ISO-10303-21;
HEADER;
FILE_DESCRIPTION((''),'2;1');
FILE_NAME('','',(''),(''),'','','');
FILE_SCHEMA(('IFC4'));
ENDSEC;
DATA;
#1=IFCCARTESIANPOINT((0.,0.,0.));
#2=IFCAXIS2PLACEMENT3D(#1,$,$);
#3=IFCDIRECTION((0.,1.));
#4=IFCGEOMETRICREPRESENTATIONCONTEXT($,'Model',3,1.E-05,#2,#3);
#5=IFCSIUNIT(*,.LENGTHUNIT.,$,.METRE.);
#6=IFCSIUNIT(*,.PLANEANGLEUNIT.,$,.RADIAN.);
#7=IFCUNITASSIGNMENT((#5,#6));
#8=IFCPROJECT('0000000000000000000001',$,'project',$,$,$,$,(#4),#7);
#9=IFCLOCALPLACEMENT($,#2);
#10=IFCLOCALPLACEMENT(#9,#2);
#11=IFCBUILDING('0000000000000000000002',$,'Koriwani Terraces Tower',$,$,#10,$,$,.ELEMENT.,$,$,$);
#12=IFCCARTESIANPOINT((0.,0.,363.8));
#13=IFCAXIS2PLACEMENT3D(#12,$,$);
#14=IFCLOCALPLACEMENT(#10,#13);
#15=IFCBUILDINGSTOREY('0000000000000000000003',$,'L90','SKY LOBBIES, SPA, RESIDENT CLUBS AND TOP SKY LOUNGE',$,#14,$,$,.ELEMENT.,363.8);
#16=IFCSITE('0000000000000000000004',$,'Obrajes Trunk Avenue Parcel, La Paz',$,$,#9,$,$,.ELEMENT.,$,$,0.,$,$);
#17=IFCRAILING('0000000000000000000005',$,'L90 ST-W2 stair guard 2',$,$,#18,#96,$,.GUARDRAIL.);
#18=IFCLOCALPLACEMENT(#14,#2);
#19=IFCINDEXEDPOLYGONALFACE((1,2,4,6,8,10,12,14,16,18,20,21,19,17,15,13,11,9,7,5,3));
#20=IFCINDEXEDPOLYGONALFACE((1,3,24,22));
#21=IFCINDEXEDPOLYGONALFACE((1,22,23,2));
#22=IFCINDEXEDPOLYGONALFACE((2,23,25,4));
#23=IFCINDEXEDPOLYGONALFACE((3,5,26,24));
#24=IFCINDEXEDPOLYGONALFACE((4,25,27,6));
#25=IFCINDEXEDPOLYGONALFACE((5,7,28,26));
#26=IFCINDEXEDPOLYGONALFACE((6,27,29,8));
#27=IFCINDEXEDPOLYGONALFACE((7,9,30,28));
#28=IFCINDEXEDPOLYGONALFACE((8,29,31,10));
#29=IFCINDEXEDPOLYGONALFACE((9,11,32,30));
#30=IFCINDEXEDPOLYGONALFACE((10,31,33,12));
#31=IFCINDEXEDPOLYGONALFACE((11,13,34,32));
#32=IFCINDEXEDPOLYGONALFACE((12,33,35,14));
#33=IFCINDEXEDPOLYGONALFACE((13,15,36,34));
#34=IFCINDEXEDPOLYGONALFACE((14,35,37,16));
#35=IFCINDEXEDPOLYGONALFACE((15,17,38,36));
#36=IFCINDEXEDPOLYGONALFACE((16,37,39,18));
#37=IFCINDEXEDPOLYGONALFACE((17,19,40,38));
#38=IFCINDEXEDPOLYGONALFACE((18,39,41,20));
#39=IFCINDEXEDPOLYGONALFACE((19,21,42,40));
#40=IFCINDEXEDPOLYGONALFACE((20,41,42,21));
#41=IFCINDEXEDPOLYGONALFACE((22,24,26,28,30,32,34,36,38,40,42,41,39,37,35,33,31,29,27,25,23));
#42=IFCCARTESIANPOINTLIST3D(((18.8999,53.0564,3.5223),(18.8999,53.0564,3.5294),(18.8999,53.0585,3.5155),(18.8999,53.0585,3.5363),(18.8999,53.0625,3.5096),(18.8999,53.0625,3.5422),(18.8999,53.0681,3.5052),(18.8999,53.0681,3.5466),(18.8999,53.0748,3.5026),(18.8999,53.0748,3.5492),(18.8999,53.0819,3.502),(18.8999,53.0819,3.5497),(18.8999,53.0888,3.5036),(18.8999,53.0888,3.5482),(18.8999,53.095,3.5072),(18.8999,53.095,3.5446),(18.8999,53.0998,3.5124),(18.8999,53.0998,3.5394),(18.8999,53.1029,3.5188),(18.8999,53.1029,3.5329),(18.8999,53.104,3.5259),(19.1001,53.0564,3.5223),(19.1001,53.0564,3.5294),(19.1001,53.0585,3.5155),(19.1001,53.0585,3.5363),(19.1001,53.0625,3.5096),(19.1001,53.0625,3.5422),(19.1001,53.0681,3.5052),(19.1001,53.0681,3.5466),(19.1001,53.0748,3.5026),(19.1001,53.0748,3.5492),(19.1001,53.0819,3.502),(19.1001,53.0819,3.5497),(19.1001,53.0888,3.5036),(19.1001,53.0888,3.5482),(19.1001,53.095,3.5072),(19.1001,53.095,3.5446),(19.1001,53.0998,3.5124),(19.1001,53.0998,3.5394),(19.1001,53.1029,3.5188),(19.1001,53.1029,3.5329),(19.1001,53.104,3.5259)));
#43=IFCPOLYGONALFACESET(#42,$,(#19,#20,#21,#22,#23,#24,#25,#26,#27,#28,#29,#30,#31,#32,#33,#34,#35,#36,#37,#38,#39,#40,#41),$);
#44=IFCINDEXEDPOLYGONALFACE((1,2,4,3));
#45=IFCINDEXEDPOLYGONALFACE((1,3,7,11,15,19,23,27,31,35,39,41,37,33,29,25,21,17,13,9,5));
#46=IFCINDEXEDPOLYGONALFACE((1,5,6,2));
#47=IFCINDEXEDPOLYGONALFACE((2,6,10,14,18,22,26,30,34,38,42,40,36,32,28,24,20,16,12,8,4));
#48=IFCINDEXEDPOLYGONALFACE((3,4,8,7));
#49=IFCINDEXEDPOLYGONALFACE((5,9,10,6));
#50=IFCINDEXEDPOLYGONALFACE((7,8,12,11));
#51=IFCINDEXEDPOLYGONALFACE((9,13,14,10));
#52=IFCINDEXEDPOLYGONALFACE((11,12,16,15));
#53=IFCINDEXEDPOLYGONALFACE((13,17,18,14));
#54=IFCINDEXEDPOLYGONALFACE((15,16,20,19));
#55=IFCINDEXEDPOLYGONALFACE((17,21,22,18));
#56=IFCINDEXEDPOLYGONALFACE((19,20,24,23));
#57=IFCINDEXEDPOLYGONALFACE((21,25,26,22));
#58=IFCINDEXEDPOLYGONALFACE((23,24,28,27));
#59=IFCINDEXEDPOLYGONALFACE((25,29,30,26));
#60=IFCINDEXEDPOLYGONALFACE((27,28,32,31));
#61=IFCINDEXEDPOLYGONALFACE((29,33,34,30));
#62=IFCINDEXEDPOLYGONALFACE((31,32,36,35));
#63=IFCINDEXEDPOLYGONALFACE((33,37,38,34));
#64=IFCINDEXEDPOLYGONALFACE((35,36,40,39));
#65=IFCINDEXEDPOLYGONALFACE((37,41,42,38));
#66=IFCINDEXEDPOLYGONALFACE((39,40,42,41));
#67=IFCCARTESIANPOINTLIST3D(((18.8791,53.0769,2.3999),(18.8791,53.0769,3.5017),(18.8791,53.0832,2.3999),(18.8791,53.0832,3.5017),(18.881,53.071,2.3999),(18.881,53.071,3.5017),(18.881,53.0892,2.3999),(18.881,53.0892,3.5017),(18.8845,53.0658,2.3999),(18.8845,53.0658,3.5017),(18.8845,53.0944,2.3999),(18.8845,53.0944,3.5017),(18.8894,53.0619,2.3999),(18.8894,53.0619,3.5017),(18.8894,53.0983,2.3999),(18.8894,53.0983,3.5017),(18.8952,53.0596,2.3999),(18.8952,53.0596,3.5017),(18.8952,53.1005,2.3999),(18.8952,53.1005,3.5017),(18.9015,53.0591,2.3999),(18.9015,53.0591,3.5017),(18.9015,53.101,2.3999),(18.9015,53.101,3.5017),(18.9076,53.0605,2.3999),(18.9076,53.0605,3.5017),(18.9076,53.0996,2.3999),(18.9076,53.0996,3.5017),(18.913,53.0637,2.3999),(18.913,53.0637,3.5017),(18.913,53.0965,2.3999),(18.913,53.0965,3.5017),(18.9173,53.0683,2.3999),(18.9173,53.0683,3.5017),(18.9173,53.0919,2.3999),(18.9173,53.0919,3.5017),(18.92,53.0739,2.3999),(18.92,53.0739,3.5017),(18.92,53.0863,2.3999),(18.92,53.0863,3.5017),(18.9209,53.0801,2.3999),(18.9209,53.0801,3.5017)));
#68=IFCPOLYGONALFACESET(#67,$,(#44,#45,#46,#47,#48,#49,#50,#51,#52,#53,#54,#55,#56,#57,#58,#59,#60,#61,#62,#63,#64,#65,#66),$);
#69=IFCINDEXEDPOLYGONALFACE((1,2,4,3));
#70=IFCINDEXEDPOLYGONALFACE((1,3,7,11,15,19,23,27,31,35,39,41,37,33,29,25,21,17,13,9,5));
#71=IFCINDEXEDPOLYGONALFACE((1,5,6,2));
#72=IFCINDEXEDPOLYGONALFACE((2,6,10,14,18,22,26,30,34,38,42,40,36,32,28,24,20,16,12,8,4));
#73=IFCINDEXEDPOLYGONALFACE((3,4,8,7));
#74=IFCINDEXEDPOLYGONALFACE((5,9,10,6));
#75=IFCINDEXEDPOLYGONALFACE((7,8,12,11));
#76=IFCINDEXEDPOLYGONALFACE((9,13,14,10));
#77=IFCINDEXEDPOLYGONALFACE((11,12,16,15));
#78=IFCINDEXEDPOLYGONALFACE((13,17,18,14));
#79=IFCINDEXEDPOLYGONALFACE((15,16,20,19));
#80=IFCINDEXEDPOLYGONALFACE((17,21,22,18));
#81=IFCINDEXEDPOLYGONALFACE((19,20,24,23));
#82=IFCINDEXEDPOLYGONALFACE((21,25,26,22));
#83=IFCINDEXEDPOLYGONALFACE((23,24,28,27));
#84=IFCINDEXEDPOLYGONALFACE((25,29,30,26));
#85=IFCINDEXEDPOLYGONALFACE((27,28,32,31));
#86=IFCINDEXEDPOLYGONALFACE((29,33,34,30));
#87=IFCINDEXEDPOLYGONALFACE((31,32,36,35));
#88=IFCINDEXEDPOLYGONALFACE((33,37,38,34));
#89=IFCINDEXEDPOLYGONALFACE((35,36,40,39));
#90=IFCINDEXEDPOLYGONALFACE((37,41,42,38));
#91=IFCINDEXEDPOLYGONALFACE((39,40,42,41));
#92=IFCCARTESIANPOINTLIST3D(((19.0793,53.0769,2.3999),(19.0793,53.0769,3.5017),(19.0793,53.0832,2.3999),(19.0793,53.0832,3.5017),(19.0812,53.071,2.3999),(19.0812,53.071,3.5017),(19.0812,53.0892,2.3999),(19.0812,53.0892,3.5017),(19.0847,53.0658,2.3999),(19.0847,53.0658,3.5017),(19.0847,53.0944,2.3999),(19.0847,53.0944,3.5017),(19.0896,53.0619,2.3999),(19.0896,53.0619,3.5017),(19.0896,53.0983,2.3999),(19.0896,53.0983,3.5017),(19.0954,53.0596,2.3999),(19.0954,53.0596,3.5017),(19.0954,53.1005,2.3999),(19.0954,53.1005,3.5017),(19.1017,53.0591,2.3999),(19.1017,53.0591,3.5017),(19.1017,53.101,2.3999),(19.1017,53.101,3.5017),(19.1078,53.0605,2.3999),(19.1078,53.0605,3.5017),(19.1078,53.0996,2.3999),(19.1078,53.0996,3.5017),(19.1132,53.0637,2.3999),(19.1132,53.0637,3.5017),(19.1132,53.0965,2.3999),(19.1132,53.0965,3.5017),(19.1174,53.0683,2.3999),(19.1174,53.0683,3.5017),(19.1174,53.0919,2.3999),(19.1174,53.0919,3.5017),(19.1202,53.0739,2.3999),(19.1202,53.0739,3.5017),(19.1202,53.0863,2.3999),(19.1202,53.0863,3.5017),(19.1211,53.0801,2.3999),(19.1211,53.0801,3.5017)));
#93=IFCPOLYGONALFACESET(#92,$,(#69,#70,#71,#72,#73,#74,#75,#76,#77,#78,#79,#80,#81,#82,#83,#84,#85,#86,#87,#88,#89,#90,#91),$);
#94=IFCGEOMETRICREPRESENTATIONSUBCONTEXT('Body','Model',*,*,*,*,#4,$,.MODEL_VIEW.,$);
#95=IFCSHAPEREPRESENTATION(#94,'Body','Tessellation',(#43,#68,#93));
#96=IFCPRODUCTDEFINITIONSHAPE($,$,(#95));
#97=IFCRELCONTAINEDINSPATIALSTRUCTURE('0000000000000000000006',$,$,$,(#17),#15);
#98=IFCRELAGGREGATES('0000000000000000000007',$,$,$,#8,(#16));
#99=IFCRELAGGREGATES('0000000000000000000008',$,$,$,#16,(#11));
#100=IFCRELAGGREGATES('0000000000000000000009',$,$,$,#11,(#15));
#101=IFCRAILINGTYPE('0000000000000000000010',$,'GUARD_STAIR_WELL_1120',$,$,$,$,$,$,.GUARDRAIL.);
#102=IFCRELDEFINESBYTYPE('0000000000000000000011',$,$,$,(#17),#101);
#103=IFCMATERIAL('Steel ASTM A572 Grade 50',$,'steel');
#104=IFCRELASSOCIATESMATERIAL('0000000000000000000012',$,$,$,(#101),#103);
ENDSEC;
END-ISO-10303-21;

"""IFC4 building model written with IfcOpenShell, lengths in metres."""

from ifc_helpers import new_model, si_unit, direction, frame, origin, origin_2d, place, context, subcontext, project, spatial, circle, extrude, material, type_object, element, save


model = new_model("IFC4")

# Units and contexts
model_context = context("Model", 3, precision=1e-05, world=origin(), true_north=direction((0.0, 1.0)))
body_context = subcontext(model_context, "Body", "Model", "MODEL_VIEW")
ifc_project = project(units=[si_unit("LENGTHUNIT", "METRE"), si_unit("PLANEANGLEUNIT", "RADIAN")], contexts=[model_context])

# Site, building, storey
site_placement = place(None, origin())
site = spatial("IfcSite", under=ifc_project, at=site_placement, Name="Obrajes Trunk Avenue Parcel, La Paz", CompositionType="ELEMENT", RefElevation=0.0)
building_placement = place(site_placement, origin())
building = spatial("IfcBuilding", under=site, at=building_placement, Name="Koriwani Terraces Tower", CompositionType="ELEMENT")
storey_placement = place(building_placement, frame((0.0, 0.0, 363.8)))
storey = spatial("IfcBuildingStorey", under=building, at=storey_placement, Name="L90", Description="SKY LOBBIES, SPA, RESIDENT CLUBS AND TOP SKY LOUNGE", CompositionType="ELEMENT", Elevation=363.8)

# Shared definitions
ifc_material_1 = material(Name="Steel ASTM A572 Grade 50", Category="steel")

# Railing
railing_type_1 = type_object("IfcRailingType", Name="GUARD_STAIR_WELL_1120", PredefinedType="GUARDRAIL", material=ifc_material_1)
railing_1_placement = place(storey_placement, frame((18.8999, 53.0801, 2.3999)))
element("IfcRailing", 1, at=railing_1_placement, inside=storey, type_object=railing_type_1, Name="L90 ST-W2 stair guard 2", PredefinedType="GUARDRAIL", context=body_context, shape_type="SweptSolid", body=[
    extrude(circle(Radius=0.0239, at=origin_2d()), frame((0.0, 0.0, 1.126), z_axis=(1.0, 0.0, 0.0), x_axis=(0.0, 1.0, 0.0)), (0.0, 0.0, 1.0), 0.2002),
    extrude(circle(Radius=0.021, at=origin_2d()), origin(), (0.0, 0.0, 1.0), 1.1018),
    extrude(circle(Radius=0.021, at=origin_2d()), frame((0.2002, 0.0, 0.0)), (0.0, 0.0, 1.0), 1.1018),
])

save(model, "model.ifc")
